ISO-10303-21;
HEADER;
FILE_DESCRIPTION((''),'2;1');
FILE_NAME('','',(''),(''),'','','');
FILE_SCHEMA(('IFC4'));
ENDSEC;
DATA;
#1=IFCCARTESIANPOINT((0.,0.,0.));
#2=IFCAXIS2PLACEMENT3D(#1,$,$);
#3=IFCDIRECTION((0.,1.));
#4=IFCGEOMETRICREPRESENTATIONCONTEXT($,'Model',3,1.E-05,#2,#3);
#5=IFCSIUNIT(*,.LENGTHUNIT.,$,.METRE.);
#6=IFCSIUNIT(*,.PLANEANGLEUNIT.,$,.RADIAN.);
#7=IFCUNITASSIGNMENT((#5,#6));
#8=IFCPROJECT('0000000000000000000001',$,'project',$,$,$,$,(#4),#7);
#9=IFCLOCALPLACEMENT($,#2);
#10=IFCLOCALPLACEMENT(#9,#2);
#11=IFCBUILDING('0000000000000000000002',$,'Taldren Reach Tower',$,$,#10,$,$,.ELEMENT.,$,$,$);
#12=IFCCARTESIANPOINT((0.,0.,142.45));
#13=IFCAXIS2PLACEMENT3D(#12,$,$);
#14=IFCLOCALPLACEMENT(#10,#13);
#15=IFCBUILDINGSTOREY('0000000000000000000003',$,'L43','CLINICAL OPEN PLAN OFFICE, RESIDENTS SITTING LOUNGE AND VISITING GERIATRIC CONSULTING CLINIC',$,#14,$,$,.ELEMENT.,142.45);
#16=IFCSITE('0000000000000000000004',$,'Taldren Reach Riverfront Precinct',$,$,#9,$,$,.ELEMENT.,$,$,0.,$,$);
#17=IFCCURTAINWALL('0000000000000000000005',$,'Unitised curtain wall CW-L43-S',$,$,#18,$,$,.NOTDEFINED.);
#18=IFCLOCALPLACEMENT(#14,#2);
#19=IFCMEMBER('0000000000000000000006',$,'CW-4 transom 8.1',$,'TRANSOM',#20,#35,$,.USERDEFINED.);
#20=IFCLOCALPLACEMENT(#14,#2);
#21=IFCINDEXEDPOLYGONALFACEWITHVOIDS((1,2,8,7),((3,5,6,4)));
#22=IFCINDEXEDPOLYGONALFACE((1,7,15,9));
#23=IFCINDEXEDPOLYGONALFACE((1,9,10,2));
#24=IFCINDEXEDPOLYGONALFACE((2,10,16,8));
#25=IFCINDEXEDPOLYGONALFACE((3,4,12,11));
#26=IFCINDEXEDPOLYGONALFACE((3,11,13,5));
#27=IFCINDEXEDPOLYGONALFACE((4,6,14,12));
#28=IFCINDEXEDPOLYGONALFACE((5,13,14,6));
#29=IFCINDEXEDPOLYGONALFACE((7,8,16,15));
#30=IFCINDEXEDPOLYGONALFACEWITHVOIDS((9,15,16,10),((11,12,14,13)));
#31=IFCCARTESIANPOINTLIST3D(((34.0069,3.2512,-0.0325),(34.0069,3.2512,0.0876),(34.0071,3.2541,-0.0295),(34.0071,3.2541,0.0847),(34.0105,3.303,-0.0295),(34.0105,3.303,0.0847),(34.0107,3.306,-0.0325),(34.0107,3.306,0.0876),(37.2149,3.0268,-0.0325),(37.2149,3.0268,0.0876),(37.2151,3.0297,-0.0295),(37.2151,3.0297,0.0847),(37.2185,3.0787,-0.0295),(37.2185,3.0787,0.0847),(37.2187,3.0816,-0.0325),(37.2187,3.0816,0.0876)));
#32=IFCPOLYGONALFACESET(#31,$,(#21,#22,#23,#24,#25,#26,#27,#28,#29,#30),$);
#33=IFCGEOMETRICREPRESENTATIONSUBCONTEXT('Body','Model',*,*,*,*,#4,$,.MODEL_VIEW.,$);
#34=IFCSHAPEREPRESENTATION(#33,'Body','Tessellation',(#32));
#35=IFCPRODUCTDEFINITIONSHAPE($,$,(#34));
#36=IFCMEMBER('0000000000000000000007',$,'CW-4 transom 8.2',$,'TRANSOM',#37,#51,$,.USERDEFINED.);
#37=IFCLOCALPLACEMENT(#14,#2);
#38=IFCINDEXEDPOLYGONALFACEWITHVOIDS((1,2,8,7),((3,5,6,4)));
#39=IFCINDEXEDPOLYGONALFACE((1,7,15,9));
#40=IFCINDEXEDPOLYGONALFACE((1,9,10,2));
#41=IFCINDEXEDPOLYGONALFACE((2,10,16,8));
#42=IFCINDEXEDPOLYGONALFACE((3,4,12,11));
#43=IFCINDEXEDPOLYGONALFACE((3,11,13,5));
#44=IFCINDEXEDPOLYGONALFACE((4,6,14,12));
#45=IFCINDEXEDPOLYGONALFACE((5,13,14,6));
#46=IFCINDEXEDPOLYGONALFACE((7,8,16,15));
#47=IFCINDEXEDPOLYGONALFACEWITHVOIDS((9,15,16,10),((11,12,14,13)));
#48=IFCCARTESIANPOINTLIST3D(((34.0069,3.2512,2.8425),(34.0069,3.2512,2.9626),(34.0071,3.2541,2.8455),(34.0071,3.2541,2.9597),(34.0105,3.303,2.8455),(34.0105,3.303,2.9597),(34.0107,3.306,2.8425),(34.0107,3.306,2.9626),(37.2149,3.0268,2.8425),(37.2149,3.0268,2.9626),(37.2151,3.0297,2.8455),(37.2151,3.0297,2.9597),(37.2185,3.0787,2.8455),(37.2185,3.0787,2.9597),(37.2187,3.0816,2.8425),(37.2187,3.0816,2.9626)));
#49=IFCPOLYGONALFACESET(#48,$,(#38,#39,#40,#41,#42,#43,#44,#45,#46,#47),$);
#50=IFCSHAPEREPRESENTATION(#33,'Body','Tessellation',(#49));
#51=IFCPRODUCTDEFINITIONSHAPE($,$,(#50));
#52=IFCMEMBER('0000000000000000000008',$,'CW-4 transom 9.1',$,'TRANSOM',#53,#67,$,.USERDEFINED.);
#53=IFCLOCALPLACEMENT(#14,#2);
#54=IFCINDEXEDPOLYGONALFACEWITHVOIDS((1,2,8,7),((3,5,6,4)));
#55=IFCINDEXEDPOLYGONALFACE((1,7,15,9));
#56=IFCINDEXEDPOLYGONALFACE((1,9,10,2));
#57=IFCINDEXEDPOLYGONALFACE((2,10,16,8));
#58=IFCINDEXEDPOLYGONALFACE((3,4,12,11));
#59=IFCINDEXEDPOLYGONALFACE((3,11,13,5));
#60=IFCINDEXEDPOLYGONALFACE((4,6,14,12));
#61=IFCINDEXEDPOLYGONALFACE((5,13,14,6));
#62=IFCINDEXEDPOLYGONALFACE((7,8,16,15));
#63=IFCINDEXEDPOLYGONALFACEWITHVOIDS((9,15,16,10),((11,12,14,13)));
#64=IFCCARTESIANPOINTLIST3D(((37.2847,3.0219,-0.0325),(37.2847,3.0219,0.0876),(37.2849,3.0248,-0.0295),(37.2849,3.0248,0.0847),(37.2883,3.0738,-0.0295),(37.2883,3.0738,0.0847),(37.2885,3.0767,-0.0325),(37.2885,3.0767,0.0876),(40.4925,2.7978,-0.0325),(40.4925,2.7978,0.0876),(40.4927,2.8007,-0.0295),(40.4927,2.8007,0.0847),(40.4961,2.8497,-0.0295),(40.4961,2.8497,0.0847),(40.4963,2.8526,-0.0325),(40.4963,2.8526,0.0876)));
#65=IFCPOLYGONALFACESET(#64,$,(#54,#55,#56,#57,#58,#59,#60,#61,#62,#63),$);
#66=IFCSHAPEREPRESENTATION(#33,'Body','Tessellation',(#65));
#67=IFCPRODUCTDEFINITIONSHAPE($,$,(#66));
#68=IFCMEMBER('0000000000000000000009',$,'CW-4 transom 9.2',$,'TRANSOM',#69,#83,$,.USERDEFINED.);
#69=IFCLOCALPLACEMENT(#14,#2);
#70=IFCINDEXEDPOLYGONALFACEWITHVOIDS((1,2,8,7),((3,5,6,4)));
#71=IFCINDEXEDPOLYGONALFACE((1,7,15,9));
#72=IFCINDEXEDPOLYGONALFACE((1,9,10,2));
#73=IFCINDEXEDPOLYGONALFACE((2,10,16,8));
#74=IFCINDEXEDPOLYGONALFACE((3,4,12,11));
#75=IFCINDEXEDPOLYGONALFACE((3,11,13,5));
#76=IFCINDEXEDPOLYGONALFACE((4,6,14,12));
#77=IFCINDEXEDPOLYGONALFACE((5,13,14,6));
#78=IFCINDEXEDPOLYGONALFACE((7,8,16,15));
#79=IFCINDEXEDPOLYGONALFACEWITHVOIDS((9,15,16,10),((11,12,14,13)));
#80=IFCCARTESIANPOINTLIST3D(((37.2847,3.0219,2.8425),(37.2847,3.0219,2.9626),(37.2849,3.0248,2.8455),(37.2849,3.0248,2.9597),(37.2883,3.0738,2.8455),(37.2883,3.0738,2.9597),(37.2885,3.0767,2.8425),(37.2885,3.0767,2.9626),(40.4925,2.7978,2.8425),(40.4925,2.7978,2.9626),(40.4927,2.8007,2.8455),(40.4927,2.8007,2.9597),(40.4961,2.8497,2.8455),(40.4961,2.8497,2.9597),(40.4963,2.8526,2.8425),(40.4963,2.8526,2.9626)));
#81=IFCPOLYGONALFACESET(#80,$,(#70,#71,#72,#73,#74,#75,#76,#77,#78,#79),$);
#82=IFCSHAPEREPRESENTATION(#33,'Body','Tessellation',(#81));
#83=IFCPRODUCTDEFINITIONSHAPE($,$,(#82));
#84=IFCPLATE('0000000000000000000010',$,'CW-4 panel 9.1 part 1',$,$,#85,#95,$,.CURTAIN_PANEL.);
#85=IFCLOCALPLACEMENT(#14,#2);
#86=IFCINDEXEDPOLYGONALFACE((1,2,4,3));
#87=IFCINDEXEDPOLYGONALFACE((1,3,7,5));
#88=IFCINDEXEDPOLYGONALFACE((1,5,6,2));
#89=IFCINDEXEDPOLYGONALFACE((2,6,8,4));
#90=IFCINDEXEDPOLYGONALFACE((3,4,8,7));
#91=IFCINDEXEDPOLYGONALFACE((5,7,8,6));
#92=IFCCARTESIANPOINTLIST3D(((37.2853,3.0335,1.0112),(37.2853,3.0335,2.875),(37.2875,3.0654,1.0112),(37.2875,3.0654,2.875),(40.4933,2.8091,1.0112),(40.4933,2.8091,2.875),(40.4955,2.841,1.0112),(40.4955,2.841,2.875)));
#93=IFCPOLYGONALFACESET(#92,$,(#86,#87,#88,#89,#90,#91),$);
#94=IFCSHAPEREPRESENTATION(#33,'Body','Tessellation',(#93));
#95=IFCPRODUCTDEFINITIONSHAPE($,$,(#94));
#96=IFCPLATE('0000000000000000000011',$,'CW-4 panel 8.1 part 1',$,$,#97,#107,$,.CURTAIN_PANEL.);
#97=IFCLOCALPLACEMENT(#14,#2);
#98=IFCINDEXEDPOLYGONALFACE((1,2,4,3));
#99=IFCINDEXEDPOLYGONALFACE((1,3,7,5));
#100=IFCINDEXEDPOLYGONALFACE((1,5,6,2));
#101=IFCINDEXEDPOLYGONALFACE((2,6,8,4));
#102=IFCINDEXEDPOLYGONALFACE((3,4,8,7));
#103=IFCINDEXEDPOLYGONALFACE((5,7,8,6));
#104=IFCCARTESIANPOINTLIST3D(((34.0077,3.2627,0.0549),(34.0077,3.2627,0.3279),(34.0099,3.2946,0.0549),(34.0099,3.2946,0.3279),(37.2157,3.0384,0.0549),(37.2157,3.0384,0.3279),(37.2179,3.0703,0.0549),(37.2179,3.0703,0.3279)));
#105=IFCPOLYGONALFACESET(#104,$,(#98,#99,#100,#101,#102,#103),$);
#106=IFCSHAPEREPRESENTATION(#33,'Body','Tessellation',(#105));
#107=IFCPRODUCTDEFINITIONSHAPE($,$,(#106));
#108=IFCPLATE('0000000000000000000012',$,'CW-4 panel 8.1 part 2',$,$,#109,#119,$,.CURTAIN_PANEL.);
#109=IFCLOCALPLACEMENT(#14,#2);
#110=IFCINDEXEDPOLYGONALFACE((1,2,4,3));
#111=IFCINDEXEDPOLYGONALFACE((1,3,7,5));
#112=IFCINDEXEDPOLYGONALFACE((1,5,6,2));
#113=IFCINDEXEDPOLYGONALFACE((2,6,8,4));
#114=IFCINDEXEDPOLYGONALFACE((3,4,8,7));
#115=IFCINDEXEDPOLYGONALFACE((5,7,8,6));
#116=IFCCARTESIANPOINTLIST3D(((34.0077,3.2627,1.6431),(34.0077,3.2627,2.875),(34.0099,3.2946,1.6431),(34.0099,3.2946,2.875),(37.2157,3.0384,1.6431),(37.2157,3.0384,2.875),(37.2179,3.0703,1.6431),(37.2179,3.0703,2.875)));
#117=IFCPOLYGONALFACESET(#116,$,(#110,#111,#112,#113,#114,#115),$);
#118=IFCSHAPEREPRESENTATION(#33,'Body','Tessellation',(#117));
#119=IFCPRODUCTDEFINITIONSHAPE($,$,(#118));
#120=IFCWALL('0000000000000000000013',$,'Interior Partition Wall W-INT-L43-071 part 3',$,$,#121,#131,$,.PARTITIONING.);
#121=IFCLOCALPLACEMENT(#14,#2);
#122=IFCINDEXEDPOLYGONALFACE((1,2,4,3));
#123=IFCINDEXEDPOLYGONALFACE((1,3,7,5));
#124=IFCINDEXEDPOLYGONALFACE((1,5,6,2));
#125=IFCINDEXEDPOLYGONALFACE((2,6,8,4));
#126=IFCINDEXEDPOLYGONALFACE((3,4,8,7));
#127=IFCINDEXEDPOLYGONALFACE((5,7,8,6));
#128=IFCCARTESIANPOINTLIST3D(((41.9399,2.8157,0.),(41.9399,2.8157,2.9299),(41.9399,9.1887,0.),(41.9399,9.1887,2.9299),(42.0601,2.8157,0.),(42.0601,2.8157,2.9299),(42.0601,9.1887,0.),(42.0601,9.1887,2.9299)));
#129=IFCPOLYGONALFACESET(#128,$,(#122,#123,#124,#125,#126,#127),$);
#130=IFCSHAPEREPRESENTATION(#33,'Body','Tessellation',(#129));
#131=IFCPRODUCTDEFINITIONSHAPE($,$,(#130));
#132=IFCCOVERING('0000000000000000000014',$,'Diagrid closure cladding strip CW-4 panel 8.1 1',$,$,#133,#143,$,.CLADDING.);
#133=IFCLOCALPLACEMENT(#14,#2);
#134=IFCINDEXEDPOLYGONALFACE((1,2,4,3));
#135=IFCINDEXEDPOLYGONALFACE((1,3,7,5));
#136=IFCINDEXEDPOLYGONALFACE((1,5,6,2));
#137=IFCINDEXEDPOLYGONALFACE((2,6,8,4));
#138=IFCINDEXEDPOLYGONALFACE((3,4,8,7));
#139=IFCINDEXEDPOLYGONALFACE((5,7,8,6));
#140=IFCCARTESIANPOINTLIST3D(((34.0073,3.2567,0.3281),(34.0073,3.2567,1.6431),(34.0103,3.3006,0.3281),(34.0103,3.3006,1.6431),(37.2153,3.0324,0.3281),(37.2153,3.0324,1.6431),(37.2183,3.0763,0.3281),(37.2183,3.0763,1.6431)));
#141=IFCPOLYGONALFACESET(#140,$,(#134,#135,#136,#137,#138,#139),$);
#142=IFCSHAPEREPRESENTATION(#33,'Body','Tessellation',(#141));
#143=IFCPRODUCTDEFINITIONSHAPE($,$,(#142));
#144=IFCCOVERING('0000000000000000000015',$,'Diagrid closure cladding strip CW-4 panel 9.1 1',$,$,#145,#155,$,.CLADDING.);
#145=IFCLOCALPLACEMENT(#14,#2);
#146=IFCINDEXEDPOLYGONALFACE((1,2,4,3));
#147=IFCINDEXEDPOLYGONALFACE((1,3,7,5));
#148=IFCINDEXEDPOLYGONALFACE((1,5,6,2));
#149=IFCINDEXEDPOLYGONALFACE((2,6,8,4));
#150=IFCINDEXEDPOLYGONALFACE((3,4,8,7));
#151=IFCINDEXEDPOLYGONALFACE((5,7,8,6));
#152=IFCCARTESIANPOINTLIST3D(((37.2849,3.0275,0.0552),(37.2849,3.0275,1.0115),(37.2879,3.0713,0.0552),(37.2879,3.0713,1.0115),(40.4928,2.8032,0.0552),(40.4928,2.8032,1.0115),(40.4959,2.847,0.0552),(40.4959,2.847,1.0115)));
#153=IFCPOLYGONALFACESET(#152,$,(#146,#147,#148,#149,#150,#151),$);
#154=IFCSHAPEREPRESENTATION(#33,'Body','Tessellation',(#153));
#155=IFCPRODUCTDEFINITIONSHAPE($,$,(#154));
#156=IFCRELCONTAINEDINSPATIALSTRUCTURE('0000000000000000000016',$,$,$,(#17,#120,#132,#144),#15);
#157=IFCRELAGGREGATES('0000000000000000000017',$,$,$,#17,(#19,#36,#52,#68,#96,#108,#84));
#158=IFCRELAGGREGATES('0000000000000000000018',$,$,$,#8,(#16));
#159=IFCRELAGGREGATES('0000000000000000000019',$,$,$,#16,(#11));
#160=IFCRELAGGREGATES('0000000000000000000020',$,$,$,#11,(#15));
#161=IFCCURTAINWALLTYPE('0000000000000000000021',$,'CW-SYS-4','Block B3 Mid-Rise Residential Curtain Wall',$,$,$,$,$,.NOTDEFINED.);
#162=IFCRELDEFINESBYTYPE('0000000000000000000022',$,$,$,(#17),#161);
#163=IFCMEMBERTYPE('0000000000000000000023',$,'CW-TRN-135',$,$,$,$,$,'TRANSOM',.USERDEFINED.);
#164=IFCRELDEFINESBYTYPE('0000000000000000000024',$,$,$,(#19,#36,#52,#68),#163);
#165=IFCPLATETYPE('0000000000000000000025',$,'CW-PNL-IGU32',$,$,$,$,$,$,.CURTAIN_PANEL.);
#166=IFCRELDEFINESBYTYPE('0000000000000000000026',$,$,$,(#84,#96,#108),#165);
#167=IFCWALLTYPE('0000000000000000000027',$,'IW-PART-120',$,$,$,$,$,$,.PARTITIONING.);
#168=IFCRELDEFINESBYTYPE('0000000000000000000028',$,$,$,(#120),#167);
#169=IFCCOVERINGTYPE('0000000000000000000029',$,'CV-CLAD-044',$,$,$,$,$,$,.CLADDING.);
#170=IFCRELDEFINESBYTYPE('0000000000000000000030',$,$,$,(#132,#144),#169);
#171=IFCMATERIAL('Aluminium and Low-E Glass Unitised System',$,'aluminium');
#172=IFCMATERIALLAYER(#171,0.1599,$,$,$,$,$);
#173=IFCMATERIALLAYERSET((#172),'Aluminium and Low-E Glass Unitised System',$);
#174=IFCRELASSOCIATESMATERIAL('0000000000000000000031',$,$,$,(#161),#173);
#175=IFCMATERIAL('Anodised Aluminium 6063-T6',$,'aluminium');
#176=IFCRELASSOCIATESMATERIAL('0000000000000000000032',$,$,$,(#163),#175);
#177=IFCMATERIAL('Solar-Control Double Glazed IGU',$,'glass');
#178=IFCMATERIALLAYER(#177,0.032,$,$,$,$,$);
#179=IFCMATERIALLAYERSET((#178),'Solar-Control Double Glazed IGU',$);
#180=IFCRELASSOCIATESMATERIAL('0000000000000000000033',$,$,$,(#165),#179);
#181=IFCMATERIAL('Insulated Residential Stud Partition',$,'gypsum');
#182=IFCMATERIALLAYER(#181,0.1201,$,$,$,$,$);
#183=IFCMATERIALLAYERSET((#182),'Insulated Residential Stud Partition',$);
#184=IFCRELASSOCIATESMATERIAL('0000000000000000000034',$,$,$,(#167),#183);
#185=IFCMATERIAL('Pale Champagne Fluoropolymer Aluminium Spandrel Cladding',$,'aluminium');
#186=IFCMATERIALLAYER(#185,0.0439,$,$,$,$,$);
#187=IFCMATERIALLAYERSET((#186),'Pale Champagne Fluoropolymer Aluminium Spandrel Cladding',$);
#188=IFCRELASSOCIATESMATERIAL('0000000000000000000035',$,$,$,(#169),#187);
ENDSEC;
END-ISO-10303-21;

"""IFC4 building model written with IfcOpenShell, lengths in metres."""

from ifc_helpers import new_model, si_unit, direction, frame, frame_2d, origin, origin_2d, place, context, subcontext, project, spatial, rectangle, hollow_rectangle, extrude, source, transform, mapped, material, layer, layer_set, material_profile, profile_set, type_object, element, aggregate, save


model = new_model("IFC4")

# Units and contexts
model_context = context("Model", 3, precision=1e-05, world=origin(), true_north=direction((0.0, 1.0)))
body_context = subcontext(model_context, "Body", "Model", "MODEL_VIEW")
ifc_project = project(units=[si_unit("LENGTHUNIT", "METRE"), si_unit("PLANEANGLEUNIT", "RADIAN")], contexts=[model_context])

# Site, building, storey
site_placement = place(None, origin())
site = spatial("IfcSite", under=ifc_project, at=site_placement, Name="Taldren Reach Riverfront Precinct", CompositionType="ELEMENT", RefElevation=0.0)
building_placement = place(site_placement, origin())
building = spatial("IfcBuilding", under=site, at=building_placement, Name="Taldren Reach Tower", CompositionType="ELEMENT")
storey_placement = place(building_placement, frame((0.0, 0.0, 142.45)))
storey = spatial("IfcBuildingStorey", under=building, at=storey_placement, Name="L43", Description="CLINICAL OPEN PLAN OFFICE, RESIDENTS SITTING LOUNGE AND VISITING GERIATRIC CONSULTING CLINIC", CompositionType="ELEMENT", Elevation=142.45)

# Curtain wall, members, plates
ifc_material_1 = material(Name="Aluminium and Low-E Glass Unitised System", Category="aluminium")
ifc_layer_1 = layer(ifc_material_1, 0.1599)
ifc_layer_set_1 = layer_set([ifc_layer_1], Name="Aluminium and Low-E Glass Unitised System")
curtain_wall_type = type_object("IfcCurtainWallType", Name="CW-SYS-4", Description="Block B3 Mid-Rise Residential Curtain Wall", PredefinedType="NOTDEFINED", material=ifc_layer_set_1)
curtain_wall_placement = place(storey_placement, origin())
curtain_wall = element("IfcCurtainWall", 1, at=curtain_wall_placement, inside=storey, type_object=curtain_wall_type, Name="Unitised curtain wall CW-L43-S", PredefinedType="NOTDEFINED")
ifc_material_2 = material(Name="Anodised Aluminium 6063-T6", Category="aluminium")
ifc_material_profile_1 = material_profile(ifc_material_2, hollow_rectangle(XDim=0.0549, YDim=0.1201, WallThickness=0.0029, at=origin_2d()), Name="ALU-120x55x3RHS")
ifc_profile_set_1 = profile_set([ifc_material_profile_1], Name="Anodised Aluminium 6063-T6")
member_type_1 = type_object("IfcMemberType", Name="CW-TRN-135", ElementType="TRANSOM", PredefinedType="USERDEFINED", material=ifc_profile_set_1)
shared_shape_1 = source(origin(), body_context, "Body", "SweptSolid", [
    extrude(hollow_rectangle(XDim=0.0549, YDim=0.1201, WallThickness=0.0029, at=origin_2d()), origin(), (0.0, 0.0, 1.0), 3.2158),
])
member_1_placement = place(storey_placement, frame((34.0088, 3.2786, 0.0276), z_axis=(0.997563, -0.069769, 0.0), x_axis=(0.069769, 0.997563, 0.0)))
member_1 = element("IfcMember", 2, at=member_1_placement, type_object=member_type_1, Name="CW-4 transom 8.1", ObjectType="TRANSOM", PredefinedType="USERDEFINED", context=body_context, shape_type="MappedRepresentation", body=[
    mapped(shared_shape_1, transform((0.0, 0.0, 0.0), scale=1.0)),
])
member_2_placement = place(storey_placement, frame((34.0088, 3.2786, 2.9026), z_axis=(0.997563, -0.069769, 0.0), x_axis=(0.069769, 0.997563, 0.0)))
member_2 = element("IfcMember", 3, at=member_2_placement, type_object=member_type_1, Name="CW-4 transom 8.2", ObjectType="TRANSOM", PredefinedType="USERDEFINED", context=body_context, shape_type="MappedRepresentation", body=[
    mapped(shared_shape_1, transform((0.0, 0.0, 0.0), scale=1.0)),
])
shared_shape_2 = source(origin(), body_context, "Body", "SweptSolid", [
    extrude(hollow_rectangle(XDim=0.0549, YDim=0.1201, WallThickness=0.0029, at=origin_2d()), origin(), (0.0, 0.0, 1.0), 3.2156),
])
member_3_placement = place(storey_placement, frame((37.2866, 3.0493, 0.0276), z_axis=(0.997568, -0.069698, 0.0), x_axis=(0.069698, 0.997568, 0.0)))
member_3 = element("IfcMember", 4, at=member_3_placement, type_object=member_type_1, Name="CW-4 transom 9.1", ObjectType="TRANSOM", PredefinedType="USERDEFINED", context=body_context, shape_type="MappedRepresentation", body=[
    mapped(shared_shape_2, transform((0.0, 0.0, 0.0), scale=1.0)),
])
member_4_placement = place(storey_placement, frame((37.2866, 3.0493, 2.9026), z_axis=(0.997568, -0.069698, 0.0), x_axis=(0.069698, 0.997568, 0.0)))
member_4 = element("IfcMember", 5, at=member_4_placement, type_object=member_type_1, Name="CW-4 transom 9.2", ObjectType="TRANSOM", PredefinedType="USERDEFINED", context=body_context, shape_type="MappedRepresentation", body=[
    mapped(shared_shape_2, transform((0.0, 0.0, 0.0), scale=1.0)),
])
ifc_material_3 = material(Name="Solar-Control Double Glazed IGU", Category="glass")
ifc_layer_2 = layer(ifc_material_3, 0.032)
ifc_layer_set_2 = layer_set([ifc_layer_2], Name="Solar-Control Double Glazed IGU")
plate_type = type_object("IfcPlateType", Name="CW-PNL-IGU32", PredefinedType="CURTAIN_PANEL", material=ifc_layer_set_2)
shared_shape_3 = source(origin(), body_context, "Body", "SweptSolid", [
    extrude(rectangle(XDim=3.2158, YDim=0.032, at=origin_2d()), origin(), (0.0, 0.0, 1.0), 1.8638),
])
plate_1_placement = place(storey_placement, frame((38.8904, 2.9373, 1.0112), z_axis=(0.0, 0.0, 1.0), x_axis=(0.997564, -0.069757, 0.0)))
plate_1 = element("IfcPlate", 6, at=plate_1_placement, type_object=plate_type, Name="CW-4 panel 9.1 part 1", PredefinedType="CURTAIN_PANEL", context=body_context, shape_type="MappedRepresentation", body=[
    mapped(shared_shape_3, transform((0.0, 0.0, 0.0), scale=1.0)),
])
shared_shape_4 = source(origin(), body_context, "Body", "SweptSolid", [
    extrude(rectangle(XDim=3.2158, YDim=0.032, at=origin_2d()), origin(), (0.0, 0.0, 1.0), 0.2729),
])
plate_2_placement = place(storey_placement, frame((35.6128, 3.1665, 0.0549), z_axis=(0.0, 0.0, 1.0), x_axis=(0.997564, -0.069757, 0.0)))
plate_2 = element("IfcPlate", 7, at=plate_2_placement, type_object=plate_type, Name="CW-4 panel 8.1 part 1", PredefinedType="CURTAIN_PANEL", context=body_context, shape_type="MappedRepresentation", body=[
    mapped(shared_shape_4, transform((0.0, 0.0, 0.0), scale=1.0)),
])
shared_shape_5 = source(origin(), body_context, "Body", "SweptSolid", [
    extrude(rectangle(XDim=3.2158, YDim=0.032, at=origin_2d()), origin(), (0.0, 0.0, 1.0), 1.2319),
])
plate_3_placement = place(storey_placement, frame((35.6128, 3.1665, 1.6431), z_axis=(0.0, 0.0, 1.0), x_axis=(0.997564, -0.069757, 0.0)))
plate_3 = element("IfcPlate", 8, at=plate_3_placement, type_object=plate_type, Name="CW-4 panel 8.1 part 2", PredefinedType="CURTAIN_PANEL", context=body_context, shape_type="MappedRepresentation", body=[
    mapped(shared_shape_5, transform((0.0, 0.0, 0.0), scale=1.0)),
])
aggregate(curtain_wall, [member_1, member_2, member_3, member_4, plate_2, plate_3, plate_1])

# Wall
ifc_material_4 = material(Name="Insulated Residential Stud Partition", Category="gypsum")
ifc_layer_3 = layer(ifc_material_4, 0.1201)
ifc_layer_set_3 = layer_set([ifc_layer_3], Name="Insulated Residential Stud Partition")
wall_type = type_object("IfcWallType", Name="IW-PART-120", PredefinedType="PARTITIONING", material=ifc_layer_set_3)
shared_shape_6 = source(origin(), body_context, "Body", "SweptSolid", [
    extrude(rectangle(XDim=6.373, YDim=0.1201, at=frame_2d((3.1865, 0.0))), origin(), (0.0, 0.0, 1.0), 2.9299),
])
wall_placement = place(storey_placement, frame((42.0, 9.1887, 0.0), z_axis=(0.0, 0.0, 1.0), x_axis=(0.0, -1.0, 0.0)))
element("IfcWall", 9, at=wall_placement, inside=storey, type_object=wall_type, Name="Interior Partition Wall W-INT-L43-071 part 3", PredefinedType="PARTITIONING", context=body_context, shape_type="MappedRepresentation", body=[
    mapped(shared_shape_6, transform((0.0, 0.0, 0.0), scale=1.0)),
])

# Coverings
ifc_material_5 = material(Name="Pale Champagne Fluoropolymer Aluminium Spandrel Cladding", Category="aluminium")
ifc_layer_4 = layer(ifc_material_5, 0.0439)
ifc_layer_set_4 = layer_set([ifc_layer_4], Name="Pale Champagne Fluoropolymer Aluminium Spandrel Cladding")
covering_type = type_object("IfcCoveringType", Name="CV-CLAD-044", PredefinedType="CLADDING", material=ifc_layer_set_4)
shared_shape_7 = source(origin(), body_context, "Body", "SweptSolid", [
    extrude(rectangle(XDim=3.2158, YDim=0.0439, at=origin_2d()), origin(), (0.0, 0.0, 1.0), 1.3149),
])
covering_1_placement = place(storey_placement, frame((35.6128, 3.1665, 0.3281), z_axis=(0.0, 0.0, 1.0), x_axis=(0.997564, -0.069757, 0.0)))
element("IfcCovering", 10, at=covering_1_placement, inside=storey, type_object=covering_type, Name="Diagrid closure cladding strip CW-4 panel 8.1 1", PredefinedType="CLADDING", context=body_context, shape_type="MappedRepresentation", body=[
    mapped(shared_shape_7, transform((0.0, 0.0, 0.0), scale=1.0)),
])
shared_shape_8 = source(origin(), body_context, "Body", "SweptSolid", [
    extrude(rectangle(XDim=3.2158, YDim=0.0439, at=origin_2d()), origin(), (0.0, 0.0, 1.0), 0.9563),
])
covering_2_placement = place(storey_placement, frame((38.8904, 2.9373, 0.0552), z_axis=(0.0, 0.0, 1.0), x_axis=(0.997564, -0.069757, 0.0)))
element("IfcCovering", 11, at=covering_2_placement, inside=storey, type_object=covering_type, Name="Diagrid closure cladding strip CW-4 panel 9.1 1", PredefinedType="CLADDING", context=body_context, shape_type="MappedRepresentation", body=[
    mapped(shared_shape_8, transform((0.0, 0.0, 0.0), scale=1.0)),
])

save(model, "model.ifc")
